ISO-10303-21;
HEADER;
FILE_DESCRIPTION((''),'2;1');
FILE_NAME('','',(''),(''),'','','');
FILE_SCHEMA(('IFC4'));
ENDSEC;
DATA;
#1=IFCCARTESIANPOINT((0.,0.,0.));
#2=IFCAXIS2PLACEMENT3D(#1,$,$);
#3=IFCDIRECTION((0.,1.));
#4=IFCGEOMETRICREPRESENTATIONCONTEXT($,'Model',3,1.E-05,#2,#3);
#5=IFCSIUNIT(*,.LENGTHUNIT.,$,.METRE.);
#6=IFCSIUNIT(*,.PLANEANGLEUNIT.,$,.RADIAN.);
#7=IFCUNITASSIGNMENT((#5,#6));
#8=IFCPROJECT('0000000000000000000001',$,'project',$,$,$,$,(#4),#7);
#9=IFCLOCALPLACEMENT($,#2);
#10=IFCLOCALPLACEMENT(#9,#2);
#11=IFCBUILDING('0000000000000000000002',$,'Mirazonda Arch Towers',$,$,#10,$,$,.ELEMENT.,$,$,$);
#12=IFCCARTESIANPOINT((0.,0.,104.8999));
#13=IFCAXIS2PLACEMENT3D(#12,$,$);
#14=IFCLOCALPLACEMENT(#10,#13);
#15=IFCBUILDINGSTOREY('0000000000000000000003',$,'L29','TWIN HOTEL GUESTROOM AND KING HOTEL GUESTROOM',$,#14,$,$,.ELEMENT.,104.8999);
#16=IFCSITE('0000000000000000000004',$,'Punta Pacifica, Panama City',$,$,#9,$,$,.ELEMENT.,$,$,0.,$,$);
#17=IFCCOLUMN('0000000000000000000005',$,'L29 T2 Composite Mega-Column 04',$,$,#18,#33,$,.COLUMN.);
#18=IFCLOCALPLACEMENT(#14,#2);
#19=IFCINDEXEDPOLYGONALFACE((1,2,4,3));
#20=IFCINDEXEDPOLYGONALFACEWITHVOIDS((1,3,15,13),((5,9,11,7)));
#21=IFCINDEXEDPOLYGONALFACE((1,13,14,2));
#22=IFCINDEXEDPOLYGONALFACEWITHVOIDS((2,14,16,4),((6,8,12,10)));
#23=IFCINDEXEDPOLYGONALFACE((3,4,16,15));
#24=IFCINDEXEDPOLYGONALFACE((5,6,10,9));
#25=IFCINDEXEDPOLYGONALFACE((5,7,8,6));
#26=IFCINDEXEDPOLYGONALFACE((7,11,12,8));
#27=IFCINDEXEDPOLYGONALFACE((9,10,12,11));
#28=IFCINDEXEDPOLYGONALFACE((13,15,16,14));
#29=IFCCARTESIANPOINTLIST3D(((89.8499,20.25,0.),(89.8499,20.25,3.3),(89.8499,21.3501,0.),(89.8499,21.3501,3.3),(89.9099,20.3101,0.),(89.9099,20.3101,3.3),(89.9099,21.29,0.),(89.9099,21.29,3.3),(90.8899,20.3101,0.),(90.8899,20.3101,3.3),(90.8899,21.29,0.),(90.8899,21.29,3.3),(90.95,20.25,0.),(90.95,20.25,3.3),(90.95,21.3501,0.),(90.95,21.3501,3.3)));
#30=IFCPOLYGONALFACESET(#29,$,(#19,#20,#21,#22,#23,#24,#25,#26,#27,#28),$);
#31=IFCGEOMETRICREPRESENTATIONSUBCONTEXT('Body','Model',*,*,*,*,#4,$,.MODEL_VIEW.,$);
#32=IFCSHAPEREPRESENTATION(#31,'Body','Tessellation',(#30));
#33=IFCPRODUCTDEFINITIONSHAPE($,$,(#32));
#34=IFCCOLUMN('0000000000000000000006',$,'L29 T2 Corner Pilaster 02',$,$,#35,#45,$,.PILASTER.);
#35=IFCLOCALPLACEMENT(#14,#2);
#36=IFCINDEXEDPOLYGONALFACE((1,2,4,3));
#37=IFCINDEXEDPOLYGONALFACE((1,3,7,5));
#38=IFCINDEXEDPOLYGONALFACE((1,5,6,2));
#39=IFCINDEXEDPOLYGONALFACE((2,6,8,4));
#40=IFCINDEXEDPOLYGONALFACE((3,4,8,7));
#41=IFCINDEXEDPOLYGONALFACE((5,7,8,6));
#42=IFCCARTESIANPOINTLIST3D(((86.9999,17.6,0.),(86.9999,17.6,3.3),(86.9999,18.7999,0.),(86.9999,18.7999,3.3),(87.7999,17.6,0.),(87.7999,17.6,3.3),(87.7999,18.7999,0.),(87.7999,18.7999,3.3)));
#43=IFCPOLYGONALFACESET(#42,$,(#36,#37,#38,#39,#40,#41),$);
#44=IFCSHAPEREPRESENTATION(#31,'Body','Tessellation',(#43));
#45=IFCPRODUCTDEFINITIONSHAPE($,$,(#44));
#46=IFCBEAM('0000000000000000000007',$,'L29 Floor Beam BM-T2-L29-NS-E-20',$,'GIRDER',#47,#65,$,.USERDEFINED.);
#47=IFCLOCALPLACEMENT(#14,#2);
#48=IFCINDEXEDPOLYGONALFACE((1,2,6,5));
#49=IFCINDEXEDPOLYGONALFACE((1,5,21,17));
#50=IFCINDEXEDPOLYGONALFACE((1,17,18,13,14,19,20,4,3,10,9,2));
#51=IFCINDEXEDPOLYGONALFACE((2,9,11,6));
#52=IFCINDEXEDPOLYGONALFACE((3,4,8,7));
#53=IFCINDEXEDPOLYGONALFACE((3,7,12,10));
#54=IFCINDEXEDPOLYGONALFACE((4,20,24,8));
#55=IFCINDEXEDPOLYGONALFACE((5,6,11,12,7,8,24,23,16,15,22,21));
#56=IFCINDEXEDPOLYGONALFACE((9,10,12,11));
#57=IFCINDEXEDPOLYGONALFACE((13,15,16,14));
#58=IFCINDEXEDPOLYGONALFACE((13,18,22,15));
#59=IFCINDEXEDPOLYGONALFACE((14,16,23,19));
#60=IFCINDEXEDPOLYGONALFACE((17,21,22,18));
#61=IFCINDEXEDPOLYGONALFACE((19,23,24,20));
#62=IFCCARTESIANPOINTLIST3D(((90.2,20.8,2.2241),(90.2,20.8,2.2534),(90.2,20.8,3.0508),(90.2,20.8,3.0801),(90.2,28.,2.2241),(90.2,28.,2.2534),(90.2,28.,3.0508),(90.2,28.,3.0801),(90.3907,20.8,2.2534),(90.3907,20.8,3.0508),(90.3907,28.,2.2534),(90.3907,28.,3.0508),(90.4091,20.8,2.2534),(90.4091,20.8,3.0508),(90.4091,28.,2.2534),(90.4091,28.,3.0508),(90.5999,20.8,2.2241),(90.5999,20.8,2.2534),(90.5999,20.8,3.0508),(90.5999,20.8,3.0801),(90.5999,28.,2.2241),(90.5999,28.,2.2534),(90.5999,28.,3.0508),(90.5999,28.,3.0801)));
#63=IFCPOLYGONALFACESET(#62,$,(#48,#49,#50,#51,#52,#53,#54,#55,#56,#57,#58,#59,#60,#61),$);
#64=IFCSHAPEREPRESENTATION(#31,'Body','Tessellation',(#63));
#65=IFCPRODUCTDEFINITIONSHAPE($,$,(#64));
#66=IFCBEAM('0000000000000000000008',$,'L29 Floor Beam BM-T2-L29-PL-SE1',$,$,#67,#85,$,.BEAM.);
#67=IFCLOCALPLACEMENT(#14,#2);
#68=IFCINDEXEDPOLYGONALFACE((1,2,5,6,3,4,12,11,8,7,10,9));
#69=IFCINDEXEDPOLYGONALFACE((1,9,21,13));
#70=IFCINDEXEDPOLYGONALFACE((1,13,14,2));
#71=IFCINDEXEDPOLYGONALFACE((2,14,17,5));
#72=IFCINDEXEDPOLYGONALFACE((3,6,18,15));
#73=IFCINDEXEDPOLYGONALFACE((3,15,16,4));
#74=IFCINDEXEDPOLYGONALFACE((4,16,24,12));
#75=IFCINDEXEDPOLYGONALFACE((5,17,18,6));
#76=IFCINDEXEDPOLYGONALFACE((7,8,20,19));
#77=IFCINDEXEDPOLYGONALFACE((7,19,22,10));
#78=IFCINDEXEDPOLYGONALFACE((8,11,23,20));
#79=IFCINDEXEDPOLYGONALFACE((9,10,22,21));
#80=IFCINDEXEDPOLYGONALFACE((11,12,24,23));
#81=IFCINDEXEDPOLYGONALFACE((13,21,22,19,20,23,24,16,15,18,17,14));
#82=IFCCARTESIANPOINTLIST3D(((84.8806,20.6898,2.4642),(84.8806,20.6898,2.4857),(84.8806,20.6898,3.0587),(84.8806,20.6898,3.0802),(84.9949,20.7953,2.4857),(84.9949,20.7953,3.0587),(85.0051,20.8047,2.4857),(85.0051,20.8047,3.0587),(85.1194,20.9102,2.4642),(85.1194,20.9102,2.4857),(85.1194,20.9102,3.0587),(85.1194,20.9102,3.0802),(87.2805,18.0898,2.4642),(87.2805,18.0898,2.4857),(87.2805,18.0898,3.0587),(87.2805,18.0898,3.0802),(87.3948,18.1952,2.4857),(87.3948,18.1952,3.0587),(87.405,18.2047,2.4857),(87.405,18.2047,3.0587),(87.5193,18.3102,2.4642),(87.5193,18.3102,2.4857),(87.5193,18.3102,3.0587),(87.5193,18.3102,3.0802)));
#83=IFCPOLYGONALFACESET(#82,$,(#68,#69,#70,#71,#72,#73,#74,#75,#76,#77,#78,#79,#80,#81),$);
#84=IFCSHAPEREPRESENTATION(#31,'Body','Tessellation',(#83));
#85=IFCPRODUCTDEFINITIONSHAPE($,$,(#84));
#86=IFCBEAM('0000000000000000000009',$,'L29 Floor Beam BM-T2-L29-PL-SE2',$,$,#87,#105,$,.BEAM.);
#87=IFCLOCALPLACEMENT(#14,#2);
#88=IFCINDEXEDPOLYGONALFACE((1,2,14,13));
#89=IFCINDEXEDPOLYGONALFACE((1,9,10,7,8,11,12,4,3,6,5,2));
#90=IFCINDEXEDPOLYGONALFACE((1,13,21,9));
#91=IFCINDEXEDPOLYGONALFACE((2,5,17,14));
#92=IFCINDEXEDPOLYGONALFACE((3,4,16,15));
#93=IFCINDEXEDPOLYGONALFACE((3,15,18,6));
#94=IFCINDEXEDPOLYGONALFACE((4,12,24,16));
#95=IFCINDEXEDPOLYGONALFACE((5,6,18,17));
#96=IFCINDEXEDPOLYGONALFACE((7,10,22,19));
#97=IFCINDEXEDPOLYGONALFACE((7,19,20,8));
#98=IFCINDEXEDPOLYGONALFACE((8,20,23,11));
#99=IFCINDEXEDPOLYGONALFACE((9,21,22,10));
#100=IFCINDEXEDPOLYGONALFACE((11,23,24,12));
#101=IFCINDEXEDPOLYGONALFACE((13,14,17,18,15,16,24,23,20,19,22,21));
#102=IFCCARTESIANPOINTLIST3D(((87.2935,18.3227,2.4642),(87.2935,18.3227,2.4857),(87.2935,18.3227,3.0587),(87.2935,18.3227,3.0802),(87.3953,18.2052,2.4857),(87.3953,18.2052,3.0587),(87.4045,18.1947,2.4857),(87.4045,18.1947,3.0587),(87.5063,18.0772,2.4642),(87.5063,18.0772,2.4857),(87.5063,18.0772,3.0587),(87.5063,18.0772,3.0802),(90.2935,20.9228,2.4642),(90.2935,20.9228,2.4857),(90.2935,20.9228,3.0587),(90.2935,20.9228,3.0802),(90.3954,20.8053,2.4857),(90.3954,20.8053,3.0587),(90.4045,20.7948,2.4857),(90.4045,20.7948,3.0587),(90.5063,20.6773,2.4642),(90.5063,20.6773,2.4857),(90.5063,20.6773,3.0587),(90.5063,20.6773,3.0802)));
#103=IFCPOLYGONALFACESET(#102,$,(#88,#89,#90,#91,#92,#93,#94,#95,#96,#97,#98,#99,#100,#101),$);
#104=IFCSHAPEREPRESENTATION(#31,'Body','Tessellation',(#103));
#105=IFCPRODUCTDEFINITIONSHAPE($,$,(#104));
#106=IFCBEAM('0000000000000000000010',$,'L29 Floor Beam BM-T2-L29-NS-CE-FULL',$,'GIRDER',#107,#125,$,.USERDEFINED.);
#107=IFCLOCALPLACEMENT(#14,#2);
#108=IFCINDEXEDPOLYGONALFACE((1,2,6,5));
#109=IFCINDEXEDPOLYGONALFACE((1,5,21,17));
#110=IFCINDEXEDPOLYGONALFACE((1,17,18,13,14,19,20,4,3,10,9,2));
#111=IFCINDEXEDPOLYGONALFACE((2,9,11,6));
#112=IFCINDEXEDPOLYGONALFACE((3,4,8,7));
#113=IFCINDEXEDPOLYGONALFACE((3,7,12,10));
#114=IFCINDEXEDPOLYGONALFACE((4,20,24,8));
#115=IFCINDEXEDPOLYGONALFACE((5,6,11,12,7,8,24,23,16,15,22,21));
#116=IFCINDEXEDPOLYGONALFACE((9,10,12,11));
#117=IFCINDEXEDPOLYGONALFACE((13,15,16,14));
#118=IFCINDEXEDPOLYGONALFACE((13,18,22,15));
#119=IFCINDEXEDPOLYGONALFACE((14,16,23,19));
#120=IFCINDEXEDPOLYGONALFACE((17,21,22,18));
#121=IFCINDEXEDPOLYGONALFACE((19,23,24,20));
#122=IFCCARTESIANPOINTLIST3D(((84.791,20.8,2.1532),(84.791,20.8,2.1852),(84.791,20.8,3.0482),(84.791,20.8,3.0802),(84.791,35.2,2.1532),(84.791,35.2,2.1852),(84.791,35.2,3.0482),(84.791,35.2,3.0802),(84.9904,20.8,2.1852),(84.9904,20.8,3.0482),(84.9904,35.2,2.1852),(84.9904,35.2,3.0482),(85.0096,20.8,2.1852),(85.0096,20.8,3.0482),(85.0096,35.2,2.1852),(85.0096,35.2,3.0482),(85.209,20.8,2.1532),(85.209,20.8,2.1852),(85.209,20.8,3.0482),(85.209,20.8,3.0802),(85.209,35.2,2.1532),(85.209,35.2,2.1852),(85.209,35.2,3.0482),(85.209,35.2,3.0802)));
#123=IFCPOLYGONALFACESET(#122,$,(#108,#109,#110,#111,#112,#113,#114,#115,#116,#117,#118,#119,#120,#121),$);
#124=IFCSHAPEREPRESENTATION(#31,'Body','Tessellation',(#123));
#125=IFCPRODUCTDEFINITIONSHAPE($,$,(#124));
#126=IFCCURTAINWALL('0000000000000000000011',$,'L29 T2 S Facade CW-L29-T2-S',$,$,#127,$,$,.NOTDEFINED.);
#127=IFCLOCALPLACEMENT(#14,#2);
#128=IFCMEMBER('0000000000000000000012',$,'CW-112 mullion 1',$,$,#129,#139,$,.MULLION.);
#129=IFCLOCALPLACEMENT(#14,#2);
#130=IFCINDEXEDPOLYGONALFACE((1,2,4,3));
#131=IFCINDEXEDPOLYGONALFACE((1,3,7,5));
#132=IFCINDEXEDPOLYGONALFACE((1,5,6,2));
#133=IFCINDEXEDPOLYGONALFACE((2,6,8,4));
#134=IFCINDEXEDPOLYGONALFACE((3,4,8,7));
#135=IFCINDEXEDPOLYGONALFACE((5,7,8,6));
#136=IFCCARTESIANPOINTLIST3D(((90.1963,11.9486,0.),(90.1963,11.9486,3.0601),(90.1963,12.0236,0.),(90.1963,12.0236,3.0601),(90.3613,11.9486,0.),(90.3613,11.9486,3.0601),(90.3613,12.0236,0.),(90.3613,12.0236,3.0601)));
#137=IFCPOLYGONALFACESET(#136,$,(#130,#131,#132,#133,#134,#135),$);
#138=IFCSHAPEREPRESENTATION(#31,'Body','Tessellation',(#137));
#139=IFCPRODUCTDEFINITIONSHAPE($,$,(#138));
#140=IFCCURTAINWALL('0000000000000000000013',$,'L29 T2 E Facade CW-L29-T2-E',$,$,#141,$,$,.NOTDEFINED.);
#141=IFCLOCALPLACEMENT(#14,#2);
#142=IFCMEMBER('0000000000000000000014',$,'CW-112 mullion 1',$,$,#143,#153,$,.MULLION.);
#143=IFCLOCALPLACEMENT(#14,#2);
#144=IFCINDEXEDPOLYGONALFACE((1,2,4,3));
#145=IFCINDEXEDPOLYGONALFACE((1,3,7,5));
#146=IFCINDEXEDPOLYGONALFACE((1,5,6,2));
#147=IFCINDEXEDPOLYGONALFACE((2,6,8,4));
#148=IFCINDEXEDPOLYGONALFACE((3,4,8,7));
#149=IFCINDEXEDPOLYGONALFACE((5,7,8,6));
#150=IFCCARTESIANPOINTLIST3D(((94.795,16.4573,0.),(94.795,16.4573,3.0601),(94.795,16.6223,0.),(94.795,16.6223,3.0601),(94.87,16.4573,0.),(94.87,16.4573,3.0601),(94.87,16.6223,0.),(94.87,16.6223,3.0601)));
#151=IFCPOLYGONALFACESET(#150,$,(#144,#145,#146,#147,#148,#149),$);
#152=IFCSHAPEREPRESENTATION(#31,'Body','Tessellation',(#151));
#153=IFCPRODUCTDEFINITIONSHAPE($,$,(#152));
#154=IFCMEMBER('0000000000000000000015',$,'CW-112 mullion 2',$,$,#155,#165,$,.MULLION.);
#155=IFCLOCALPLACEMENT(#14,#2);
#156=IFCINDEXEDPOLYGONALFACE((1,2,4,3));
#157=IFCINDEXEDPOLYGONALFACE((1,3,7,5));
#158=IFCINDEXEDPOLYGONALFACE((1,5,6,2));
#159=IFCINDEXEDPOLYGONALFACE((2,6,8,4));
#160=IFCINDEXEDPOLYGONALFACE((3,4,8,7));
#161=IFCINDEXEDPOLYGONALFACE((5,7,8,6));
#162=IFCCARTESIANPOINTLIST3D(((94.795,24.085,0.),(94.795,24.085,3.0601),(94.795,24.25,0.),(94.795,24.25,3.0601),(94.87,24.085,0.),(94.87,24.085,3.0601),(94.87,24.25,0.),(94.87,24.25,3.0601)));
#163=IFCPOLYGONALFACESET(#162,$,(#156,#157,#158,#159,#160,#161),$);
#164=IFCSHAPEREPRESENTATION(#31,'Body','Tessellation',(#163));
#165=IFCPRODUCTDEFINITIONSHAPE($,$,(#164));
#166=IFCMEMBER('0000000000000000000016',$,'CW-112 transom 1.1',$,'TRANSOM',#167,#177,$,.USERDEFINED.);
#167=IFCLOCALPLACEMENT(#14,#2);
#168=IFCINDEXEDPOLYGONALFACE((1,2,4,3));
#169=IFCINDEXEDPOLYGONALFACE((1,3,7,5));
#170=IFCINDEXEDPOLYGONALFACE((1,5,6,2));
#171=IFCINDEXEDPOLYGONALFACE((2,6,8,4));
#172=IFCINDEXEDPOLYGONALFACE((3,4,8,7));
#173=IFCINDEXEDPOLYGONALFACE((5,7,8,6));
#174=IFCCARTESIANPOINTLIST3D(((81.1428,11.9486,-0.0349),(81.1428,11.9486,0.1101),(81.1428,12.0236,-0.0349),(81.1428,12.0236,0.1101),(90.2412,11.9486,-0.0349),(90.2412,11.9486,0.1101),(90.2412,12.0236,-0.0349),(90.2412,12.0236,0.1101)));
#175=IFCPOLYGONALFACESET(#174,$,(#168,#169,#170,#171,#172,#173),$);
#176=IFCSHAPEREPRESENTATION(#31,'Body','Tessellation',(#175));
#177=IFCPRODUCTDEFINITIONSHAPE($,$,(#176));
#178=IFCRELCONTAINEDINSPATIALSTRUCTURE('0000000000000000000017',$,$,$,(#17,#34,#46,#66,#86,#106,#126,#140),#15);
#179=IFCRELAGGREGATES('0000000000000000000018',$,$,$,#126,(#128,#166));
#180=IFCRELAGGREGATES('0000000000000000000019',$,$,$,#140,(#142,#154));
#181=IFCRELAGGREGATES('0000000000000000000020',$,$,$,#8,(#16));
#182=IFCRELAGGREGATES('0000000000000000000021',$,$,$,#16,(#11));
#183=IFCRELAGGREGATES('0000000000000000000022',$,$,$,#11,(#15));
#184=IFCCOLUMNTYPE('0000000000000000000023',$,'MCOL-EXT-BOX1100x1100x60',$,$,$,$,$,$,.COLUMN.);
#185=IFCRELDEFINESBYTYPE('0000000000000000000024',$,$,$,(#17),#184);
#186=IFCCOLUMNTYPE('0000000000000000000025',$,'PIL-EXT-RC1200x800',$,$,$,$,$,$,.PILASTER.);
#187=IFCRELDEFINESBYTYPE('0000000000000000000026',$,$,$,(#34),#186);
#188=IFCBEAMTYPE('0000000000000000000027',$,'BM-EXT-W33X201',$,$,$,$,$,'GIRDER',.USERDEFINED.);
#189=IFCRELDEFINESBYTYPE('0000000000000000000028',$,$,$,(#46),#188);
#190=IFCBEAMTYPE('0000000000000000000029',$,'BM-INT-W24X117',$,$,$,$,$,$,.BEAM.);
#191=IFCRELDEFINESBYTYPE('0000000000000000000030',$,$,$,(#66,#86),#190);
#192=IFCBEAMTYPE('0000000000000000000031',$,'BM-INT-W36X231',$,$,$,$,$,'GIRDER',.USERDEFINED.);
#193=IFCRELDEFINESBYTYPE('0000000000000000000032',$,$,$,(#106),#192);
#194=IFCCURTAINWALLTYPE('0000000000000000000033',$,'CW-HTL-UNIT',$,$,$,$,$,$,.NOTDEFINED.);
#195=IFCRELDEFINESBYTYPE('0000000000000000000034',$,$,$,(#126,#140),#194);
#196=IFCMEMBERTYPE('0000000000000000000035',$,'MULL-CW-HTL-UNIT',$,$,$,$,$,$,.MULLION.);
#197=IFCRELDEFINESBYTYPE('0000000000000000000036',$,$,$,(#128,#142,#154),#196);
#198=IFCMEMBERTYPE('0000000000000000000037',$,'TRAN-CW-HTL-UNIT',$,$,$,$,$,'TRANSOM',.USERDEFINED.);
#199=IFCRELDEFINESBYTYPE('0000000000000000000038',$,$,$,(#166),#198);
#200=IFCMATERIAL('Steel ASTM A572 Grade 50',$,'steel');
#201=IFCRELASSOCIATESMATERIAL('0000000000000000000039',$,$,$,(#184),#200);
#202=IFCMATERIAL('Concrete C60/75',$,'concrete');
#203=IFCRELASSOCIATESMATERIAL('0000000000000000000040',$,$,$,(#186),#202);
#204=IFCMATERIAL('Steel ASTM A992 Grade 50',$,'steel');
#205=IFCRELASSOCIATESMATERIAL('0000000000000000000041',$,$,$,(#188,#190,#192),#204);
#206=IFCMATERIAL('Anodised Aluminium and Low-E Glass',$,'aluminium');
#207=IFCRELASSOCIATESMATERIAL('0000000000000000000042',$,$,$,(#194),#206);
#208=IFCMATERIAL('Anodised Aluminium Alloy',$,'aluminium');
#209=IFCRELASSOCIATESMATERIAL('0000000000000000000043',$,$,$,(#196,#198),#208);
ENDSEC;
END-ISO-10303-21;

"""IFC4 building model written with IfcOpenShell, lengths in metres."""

from ifc_helpers import new_model, si_unit, direction, frame, origin, origin_2d, place, context, subcontext, project, spatial, rectangle, hollow_rectangle, i_section, extrude, material, material_profile, profile_set, type_object, element, aggregate, save


model = new_model("IFC4")

# Units and contexts
model_context = context("Model", 3, precision=1e-05, world=origin(), true_north=direction((0.0, 1.0)))
body_context = subcontext(model_context, "Body", "Model", "MODEL_VIEW")
ifc_project = project(units=[si_unit("LENGTHUNIT", "METRE"), si_unit("PLANEANGLEUNIT", "RADIAN")], contexts=[model_context])

# Site, building, storey
site_placement = place(None, origin())
site = spatial("IfcSite", under=ifc_project, at=site_placement, Name="Punta Pacifica, Panama City", CompositionType="ELEMENT", RefElevation=0.0)
building_placement = place(site_placement, origin())
building = spatial("IfcBuilding", under=site, at=building_placement, Name="Mirazonda Arch Towers", CompositionType="ELEMENT")
storey_placement = place(building_placement, frame((0.0, 0.0, 104.8999)))
storey = spatial("IfcBuildingStorey", under=building, at=storey_placement, Name="L29", Description="TWIN HOTEL GUESTROOM AND KING HOTEL GUESTROOM", CompositionType="ELEMENT", Elevation=104.8999)

# Columns
ifc_material_1 = material(Name="Steel ASTM A572 Grade 50", Category="steel")
ifc_material_profile_1 = material_profile(ifc_material_1, hollow_rectangle(XDim=1.1001, YDim=1.1001, WallThickness=0.0601, at=origin_2d()), Name="BOX1100x1100x60")
ifc_profile_set_1 = profile_set([ifc_material_profile_1], Name="Steel ASTM A572 Grade 50")
column_type_1 = type_object("IfcColumnType", Name="MCOL-EXT-BOX1100x1100x60", PredefinedType="COLUMN", material=ifc_profile_set_1)
column_1_placement = place(storey_placement, frame((90.3999, 20.8, 0.0), z_axis=(0.0, 0.0, 1.0), x_axis=(1.0, 0.0, 0.0)))
element("IfcColumn", 1, at=column_1_placement, inside=storey, type_object=column_type_1, Name="L29 T2 Composite Mega-Column 04", PredefinedType="COLUMN", context=body_context, shape_type="SweptSolid", body=[
    extrude(hollow_rectangle(XDim=1.1001, YDim=1.1001, WallThickness=0.0601, at=origin_2d()), origin(), (0.0, 0.0, 1.0), 3.3),
])
ifc_material_2 = material(Name="Concrete C60/75", Category="concrete")
ifc_material_profile_2 = material_profile(ifc_material_2, rectangle(XDim=0.8, YDim=1.2, at=origin_2d()), Name="RC1200x800")
ifc_profile_set_2 = profile_set([ifc_material_profile_2], Name="Concrete C60/75")
column_type_2 = type_object("IfcColumnType", Name="PIL-EXT-RC1200x800", PredefinedType="PILASTER", material=ifc_profile_set_2)
column_2_placement = place(storey_placement, frame((87.3999, 18.2, 0.0), z_axis=(0.0, 0.0, 1.0), x_axis=(1.0, 0.0, 0.0)))
element("IfcColumn", 2, at=column_2_placement, inside=storey, type_object=column_type_2, Name="L29 T2 Corner Pilaster 02", PredefinedType="PILASTER", context=body_context, shape_type="SweptSolid", body=[
    extrude(rectangle(XDim=0.8, YDim=1.2, at=origin_2d()), origin(), (0.0, 0.0, 1.0), 3.3),
])

# Beams
ifc_material_3 = material(Name="Steel ASTM A992 Grade 50", Category="steel")
ifc_material_profile_3 = material_profile(ifc_material_3, i_section(OverallWidth=0.3999, OverallDepth=0.856, WebThickness=0.0183, FlangeThickness=0.0293, at=origin_2d()), Name="W33X201")
ifc_profile_set_3 = profile_set([ifc_material_profile_3], Name="Steel ASTM A992 Grade 50")
beam_type_1 = type_object("IfcBeamType", Name="BM-EXT-W33X201", ElementType="GIRDER", PredefinedType="USERDEFINED", material=ifc_profile_set_3)
beam_1_placement = place(storey_placement, frame((90.3999, 20.8, 2.6521), z_axis=(0.0, 1.0, 0.0), x_axis=(-1.0, 0.0, 0.0)))
element("IfcBeam", 3, at=beam_1_placement, inside=storey, type_object=beam_type_1, Name="L29 Floor Beam BM-T2-L29-NS-E-20", ObjectType="GIRDER", PredefinedType="USERDEFINED", context=body_context, shape_type="SweptSolid", body=[
    extrude(i_section(OverallWidth=0.3999, OverallDepth=0.856, WebThickness=0.0183, FlangeThickness=0.0293, at=origin_2d()), origin(), (0.0, 0.0, 1.0), 7.2),
])
ifc_material_profile_4 = material_profile(ifc_material_3, i_section(OverallWidth=0.325, OverallDepth=0.616, WebThickness=0.0139, FlangeThickness=0.0215, at=origin_2d()), Name="W24X117")
ifc_profile_set_4 = profile_set([ifc_material_profile_4], Name="Steel ASTM A992 Grade 50")
beam_type_2 = type_object("IfcBeamType", Name="BM-INT-W24X117", PredefinedType="BEAM", material=ifc_profile_set_4)
beam_2_placement = place(storey_placement, frame((87.3999, 18.2, 2.7722), z_axis=(-0.678251, 0.73483, 0.0), x_axis=(-0.73483, -0.678251, 0.0)))
element("IfcBeam", 4, at=beam_2_placement, inside=storey, type_object=beam_type_2, Name="L29 Floor Beam BM-T2-L29-PL-SE1", PredefinedType="BEAM", context=body_context, shape_type="SweptSolid", body=[
    extrude(i_section(OverallWidth=0.325, OverallDepth=0.616, WebThickness=0.0139, FlangeThickness=0.0215, at=origin_2d()), origin(), (0.0, 0.0, 1.0), 3.5383),
])
beam_3_placement = place(storey_placement, frame((87.3999, 18.2, 2.7722), z_axis=(0.755677, 0.654945, 0.0), x_axis=(-0.654945, 0.755677, 0.0)))
element("IfcBeam", 5, at=beam_3_placement, inside=storey, type_object=beam_type_2, Name="L29 Floor Beam BM-T2-L29-PL-SE2", PredefinedType="BEAM", context=body_context, shape_type="SweptSolid", body=[
    extrude(i_section(OverallWidth=0.325, OverallDepth=0.616, WebThickness=0.0139, FlangeThickness=0.0215, at=origin_2d()), origin(), (0.0, 0.0, 1.0), 3.97),
])
ifc_material_profile_5 = material_profile(ifc_material_3, i_section(OverallWidth=0.418, OverallDepth=0.927, WebThickness=0.0193, FlangeThickness=0.032, at=origin_2d()), Name="W36X231")
ifc_profile_set_5 = profile_set([ifc_material_profile_5], Name="Steel ASTM A992 Grade 50")
beam_type_3 = type_object("IfcBeamType", Name="BM-INT-W36X231", ElementType="GIRDER", PredefinedType="USERDEFINED", material=ifc_profile_set_5)
beam_4_placement = place(storey_placement, frame((85.0, 20.8, 2.6167), z_axis=(0.0, 1.0, 0.0), x_axis=(-1.0, 0.0, 0.0)))
element("IfcBeam", 6, at=beam_4_placement, inside=storey, type_object=beam_type_3, Name="L29 Floor Beam BM-T2-L29-NS-CE-FULL", ObjectType="GIRDER", PredefinedType="USERDEFINED", context=body_context, shape_type="SweptSolid", body=[
    extrude(i_section(OverallWidth=0.418, OverallDepth=0.927, WebThickness=0.0193, FlangeThickness=0.032, at=origin_2d()), origin(), (0.0, 0.0, 1.0), 14.3999),
])

# Curtain wall, member
ifc_material_4 = material(Name="Anodised Aluminium and Low-E Glass", Category="aluminium")
curtain_wall_type = type_object("IfcCurtainWallType", Name="CW-HTL-UNIT", PredefinedType="NOTDEFINED", material=ifc_material_4)
curtain_wall_1_placement = place(storey_placement, origin())
curtain_wall_1 = element("IfcCurtainWall", 7, at=curtain_wall_1_placement, inside=storey, type_object=curtain_wall_type, Name="L29 T2 S Facade CW-L29-T2-S", PredefinedType="NOTDEFINED")
ifc_material_5 = material(Name="Anodised Aluminium Alloy", Category="aluminium")
ifc_material_profile_6 = material_profile(ifc_material_5, rectangle(XDim=0.075, YDim=0.165, at=origin_2d()), Name="ALU-MULL-75x165")
ifc_profile_set_6 = profile_set([ifc_material_profile_6], Name="Anodised Aluminium Alloy")
member_type_1 = type_object("IfcMemberType", Name="MULL-CW-HTL-UNIT", PredefinedType="MULLION", material=ifc_profile_set_6)
member_1_placement = place(storey_placement, frame((90.2788, 11.9861, 0.0), z_axis=(0.0, 0.0, 1.0), x_axis=(0.0, -1.0, 0.0)))
member_1 = element("IfcMember", 8, at=member_1_placement, type_object=member_type_1, Name="CW-112 mullion 1", PredefinedType="MULLION", context=body_context, shape_type="SweptSolid", body=[
    extrude(rectangle(XDim=0.075, YDim=0.165, at=origin_2d()), origin(), (0.0, 0.0, 1.0), 3.0601),
])

# Curtain wall, members
curtain_wall_2_placement = place(storey_placement, origin())
curtain_wall_2 = element("IfcCurtainWall", 9, at=curtain_wall_2_placement, inside=storey, type_object=curtain_wall_type, Name="L29 T2 E Facade CW-L29-T2-E", PredefinedType="NOTDEFINED")
member_2_placement = place(storey_placement, frame((94.8325, 16.5398, 0.0), z_axis=(0.0, 0.0, 1.0), x_axis=(-1.0, 0.0, 0.0)))
member_2 = element("IfcMember", 10, at=member_2_placement, type_object=member_type_1, Name="CW-112 mullion 1", PredefinedType="MULLION", context=body_context, shape_type="SweptSolid", body=[
    extrude(rectangle(XDim=0.075, YDim=0.165, at=origin_2d()), origin(), (0.0, 0.0, 1.0), 3.0601),
])
member_3_placement = place(storey_placement, frame((94.8325, 24.1675, 0.0), z_axis=(0.0, 0.0, 1.0), x_axis=(-1.0, 0.0, 0.0)))
member_3 = element("IfcMember", 11, at=member_3_placement, type_object=member_type_1, Name="CW-112 mullion 2", PredefinedType="MULLION", context=body_context, shape_type="SweptSolid", body=[
    extrude(rectangle(XDim=0.075, YDim=0.165, at=origin_2d()), origin(), (0.0, 0.0, 1.0), 3.0601),
])

# Member
ifc_material_profile_7 = material_profile(ifc_material_5, rectangle(XDim=0.075, YDim=0.145, at=origin_2d()), Name="ALU-TRAN-75x145")
ifc_profile_set_7 = profile_set([ifc_material_profile_7], Name="Anodised Aluminium Alloy")
member_type_2 = type_object("IfcMemberType", Name="TRAN-CW-HTL-UNIT", ElementType="TRANSOM", PredefinedType="USERDEFINED", material=ifc_profile_set_7)
member_4_placement = place(storey_placement, frame((90.2412, 11.9861, 0.0376), z_axis=(-1.0, 0.0, 0.0), x_axis=(0.0, -1.0, 0.0)))
member_4 = element("IfcMember", 12, at=member_4_placement, type_object=member_type_2, Name="CW-112 transom 1.1", ObjectType="TRANSOM", PredefinedType="USERDEFINED", context=body_context, shape_type="SweptSolid", body=[
    extrude(rectangle(XDim=0.075, YDim=0.145, at=origin_2d()), origin(), (0.0, 0.0, 1.0), 9.0984),
])

aggregate(curtain_wall_1, [member_1, member_4])
aggregate(curtain_wall_2, [member_2, member_3])

save(model, "model.ifc")
